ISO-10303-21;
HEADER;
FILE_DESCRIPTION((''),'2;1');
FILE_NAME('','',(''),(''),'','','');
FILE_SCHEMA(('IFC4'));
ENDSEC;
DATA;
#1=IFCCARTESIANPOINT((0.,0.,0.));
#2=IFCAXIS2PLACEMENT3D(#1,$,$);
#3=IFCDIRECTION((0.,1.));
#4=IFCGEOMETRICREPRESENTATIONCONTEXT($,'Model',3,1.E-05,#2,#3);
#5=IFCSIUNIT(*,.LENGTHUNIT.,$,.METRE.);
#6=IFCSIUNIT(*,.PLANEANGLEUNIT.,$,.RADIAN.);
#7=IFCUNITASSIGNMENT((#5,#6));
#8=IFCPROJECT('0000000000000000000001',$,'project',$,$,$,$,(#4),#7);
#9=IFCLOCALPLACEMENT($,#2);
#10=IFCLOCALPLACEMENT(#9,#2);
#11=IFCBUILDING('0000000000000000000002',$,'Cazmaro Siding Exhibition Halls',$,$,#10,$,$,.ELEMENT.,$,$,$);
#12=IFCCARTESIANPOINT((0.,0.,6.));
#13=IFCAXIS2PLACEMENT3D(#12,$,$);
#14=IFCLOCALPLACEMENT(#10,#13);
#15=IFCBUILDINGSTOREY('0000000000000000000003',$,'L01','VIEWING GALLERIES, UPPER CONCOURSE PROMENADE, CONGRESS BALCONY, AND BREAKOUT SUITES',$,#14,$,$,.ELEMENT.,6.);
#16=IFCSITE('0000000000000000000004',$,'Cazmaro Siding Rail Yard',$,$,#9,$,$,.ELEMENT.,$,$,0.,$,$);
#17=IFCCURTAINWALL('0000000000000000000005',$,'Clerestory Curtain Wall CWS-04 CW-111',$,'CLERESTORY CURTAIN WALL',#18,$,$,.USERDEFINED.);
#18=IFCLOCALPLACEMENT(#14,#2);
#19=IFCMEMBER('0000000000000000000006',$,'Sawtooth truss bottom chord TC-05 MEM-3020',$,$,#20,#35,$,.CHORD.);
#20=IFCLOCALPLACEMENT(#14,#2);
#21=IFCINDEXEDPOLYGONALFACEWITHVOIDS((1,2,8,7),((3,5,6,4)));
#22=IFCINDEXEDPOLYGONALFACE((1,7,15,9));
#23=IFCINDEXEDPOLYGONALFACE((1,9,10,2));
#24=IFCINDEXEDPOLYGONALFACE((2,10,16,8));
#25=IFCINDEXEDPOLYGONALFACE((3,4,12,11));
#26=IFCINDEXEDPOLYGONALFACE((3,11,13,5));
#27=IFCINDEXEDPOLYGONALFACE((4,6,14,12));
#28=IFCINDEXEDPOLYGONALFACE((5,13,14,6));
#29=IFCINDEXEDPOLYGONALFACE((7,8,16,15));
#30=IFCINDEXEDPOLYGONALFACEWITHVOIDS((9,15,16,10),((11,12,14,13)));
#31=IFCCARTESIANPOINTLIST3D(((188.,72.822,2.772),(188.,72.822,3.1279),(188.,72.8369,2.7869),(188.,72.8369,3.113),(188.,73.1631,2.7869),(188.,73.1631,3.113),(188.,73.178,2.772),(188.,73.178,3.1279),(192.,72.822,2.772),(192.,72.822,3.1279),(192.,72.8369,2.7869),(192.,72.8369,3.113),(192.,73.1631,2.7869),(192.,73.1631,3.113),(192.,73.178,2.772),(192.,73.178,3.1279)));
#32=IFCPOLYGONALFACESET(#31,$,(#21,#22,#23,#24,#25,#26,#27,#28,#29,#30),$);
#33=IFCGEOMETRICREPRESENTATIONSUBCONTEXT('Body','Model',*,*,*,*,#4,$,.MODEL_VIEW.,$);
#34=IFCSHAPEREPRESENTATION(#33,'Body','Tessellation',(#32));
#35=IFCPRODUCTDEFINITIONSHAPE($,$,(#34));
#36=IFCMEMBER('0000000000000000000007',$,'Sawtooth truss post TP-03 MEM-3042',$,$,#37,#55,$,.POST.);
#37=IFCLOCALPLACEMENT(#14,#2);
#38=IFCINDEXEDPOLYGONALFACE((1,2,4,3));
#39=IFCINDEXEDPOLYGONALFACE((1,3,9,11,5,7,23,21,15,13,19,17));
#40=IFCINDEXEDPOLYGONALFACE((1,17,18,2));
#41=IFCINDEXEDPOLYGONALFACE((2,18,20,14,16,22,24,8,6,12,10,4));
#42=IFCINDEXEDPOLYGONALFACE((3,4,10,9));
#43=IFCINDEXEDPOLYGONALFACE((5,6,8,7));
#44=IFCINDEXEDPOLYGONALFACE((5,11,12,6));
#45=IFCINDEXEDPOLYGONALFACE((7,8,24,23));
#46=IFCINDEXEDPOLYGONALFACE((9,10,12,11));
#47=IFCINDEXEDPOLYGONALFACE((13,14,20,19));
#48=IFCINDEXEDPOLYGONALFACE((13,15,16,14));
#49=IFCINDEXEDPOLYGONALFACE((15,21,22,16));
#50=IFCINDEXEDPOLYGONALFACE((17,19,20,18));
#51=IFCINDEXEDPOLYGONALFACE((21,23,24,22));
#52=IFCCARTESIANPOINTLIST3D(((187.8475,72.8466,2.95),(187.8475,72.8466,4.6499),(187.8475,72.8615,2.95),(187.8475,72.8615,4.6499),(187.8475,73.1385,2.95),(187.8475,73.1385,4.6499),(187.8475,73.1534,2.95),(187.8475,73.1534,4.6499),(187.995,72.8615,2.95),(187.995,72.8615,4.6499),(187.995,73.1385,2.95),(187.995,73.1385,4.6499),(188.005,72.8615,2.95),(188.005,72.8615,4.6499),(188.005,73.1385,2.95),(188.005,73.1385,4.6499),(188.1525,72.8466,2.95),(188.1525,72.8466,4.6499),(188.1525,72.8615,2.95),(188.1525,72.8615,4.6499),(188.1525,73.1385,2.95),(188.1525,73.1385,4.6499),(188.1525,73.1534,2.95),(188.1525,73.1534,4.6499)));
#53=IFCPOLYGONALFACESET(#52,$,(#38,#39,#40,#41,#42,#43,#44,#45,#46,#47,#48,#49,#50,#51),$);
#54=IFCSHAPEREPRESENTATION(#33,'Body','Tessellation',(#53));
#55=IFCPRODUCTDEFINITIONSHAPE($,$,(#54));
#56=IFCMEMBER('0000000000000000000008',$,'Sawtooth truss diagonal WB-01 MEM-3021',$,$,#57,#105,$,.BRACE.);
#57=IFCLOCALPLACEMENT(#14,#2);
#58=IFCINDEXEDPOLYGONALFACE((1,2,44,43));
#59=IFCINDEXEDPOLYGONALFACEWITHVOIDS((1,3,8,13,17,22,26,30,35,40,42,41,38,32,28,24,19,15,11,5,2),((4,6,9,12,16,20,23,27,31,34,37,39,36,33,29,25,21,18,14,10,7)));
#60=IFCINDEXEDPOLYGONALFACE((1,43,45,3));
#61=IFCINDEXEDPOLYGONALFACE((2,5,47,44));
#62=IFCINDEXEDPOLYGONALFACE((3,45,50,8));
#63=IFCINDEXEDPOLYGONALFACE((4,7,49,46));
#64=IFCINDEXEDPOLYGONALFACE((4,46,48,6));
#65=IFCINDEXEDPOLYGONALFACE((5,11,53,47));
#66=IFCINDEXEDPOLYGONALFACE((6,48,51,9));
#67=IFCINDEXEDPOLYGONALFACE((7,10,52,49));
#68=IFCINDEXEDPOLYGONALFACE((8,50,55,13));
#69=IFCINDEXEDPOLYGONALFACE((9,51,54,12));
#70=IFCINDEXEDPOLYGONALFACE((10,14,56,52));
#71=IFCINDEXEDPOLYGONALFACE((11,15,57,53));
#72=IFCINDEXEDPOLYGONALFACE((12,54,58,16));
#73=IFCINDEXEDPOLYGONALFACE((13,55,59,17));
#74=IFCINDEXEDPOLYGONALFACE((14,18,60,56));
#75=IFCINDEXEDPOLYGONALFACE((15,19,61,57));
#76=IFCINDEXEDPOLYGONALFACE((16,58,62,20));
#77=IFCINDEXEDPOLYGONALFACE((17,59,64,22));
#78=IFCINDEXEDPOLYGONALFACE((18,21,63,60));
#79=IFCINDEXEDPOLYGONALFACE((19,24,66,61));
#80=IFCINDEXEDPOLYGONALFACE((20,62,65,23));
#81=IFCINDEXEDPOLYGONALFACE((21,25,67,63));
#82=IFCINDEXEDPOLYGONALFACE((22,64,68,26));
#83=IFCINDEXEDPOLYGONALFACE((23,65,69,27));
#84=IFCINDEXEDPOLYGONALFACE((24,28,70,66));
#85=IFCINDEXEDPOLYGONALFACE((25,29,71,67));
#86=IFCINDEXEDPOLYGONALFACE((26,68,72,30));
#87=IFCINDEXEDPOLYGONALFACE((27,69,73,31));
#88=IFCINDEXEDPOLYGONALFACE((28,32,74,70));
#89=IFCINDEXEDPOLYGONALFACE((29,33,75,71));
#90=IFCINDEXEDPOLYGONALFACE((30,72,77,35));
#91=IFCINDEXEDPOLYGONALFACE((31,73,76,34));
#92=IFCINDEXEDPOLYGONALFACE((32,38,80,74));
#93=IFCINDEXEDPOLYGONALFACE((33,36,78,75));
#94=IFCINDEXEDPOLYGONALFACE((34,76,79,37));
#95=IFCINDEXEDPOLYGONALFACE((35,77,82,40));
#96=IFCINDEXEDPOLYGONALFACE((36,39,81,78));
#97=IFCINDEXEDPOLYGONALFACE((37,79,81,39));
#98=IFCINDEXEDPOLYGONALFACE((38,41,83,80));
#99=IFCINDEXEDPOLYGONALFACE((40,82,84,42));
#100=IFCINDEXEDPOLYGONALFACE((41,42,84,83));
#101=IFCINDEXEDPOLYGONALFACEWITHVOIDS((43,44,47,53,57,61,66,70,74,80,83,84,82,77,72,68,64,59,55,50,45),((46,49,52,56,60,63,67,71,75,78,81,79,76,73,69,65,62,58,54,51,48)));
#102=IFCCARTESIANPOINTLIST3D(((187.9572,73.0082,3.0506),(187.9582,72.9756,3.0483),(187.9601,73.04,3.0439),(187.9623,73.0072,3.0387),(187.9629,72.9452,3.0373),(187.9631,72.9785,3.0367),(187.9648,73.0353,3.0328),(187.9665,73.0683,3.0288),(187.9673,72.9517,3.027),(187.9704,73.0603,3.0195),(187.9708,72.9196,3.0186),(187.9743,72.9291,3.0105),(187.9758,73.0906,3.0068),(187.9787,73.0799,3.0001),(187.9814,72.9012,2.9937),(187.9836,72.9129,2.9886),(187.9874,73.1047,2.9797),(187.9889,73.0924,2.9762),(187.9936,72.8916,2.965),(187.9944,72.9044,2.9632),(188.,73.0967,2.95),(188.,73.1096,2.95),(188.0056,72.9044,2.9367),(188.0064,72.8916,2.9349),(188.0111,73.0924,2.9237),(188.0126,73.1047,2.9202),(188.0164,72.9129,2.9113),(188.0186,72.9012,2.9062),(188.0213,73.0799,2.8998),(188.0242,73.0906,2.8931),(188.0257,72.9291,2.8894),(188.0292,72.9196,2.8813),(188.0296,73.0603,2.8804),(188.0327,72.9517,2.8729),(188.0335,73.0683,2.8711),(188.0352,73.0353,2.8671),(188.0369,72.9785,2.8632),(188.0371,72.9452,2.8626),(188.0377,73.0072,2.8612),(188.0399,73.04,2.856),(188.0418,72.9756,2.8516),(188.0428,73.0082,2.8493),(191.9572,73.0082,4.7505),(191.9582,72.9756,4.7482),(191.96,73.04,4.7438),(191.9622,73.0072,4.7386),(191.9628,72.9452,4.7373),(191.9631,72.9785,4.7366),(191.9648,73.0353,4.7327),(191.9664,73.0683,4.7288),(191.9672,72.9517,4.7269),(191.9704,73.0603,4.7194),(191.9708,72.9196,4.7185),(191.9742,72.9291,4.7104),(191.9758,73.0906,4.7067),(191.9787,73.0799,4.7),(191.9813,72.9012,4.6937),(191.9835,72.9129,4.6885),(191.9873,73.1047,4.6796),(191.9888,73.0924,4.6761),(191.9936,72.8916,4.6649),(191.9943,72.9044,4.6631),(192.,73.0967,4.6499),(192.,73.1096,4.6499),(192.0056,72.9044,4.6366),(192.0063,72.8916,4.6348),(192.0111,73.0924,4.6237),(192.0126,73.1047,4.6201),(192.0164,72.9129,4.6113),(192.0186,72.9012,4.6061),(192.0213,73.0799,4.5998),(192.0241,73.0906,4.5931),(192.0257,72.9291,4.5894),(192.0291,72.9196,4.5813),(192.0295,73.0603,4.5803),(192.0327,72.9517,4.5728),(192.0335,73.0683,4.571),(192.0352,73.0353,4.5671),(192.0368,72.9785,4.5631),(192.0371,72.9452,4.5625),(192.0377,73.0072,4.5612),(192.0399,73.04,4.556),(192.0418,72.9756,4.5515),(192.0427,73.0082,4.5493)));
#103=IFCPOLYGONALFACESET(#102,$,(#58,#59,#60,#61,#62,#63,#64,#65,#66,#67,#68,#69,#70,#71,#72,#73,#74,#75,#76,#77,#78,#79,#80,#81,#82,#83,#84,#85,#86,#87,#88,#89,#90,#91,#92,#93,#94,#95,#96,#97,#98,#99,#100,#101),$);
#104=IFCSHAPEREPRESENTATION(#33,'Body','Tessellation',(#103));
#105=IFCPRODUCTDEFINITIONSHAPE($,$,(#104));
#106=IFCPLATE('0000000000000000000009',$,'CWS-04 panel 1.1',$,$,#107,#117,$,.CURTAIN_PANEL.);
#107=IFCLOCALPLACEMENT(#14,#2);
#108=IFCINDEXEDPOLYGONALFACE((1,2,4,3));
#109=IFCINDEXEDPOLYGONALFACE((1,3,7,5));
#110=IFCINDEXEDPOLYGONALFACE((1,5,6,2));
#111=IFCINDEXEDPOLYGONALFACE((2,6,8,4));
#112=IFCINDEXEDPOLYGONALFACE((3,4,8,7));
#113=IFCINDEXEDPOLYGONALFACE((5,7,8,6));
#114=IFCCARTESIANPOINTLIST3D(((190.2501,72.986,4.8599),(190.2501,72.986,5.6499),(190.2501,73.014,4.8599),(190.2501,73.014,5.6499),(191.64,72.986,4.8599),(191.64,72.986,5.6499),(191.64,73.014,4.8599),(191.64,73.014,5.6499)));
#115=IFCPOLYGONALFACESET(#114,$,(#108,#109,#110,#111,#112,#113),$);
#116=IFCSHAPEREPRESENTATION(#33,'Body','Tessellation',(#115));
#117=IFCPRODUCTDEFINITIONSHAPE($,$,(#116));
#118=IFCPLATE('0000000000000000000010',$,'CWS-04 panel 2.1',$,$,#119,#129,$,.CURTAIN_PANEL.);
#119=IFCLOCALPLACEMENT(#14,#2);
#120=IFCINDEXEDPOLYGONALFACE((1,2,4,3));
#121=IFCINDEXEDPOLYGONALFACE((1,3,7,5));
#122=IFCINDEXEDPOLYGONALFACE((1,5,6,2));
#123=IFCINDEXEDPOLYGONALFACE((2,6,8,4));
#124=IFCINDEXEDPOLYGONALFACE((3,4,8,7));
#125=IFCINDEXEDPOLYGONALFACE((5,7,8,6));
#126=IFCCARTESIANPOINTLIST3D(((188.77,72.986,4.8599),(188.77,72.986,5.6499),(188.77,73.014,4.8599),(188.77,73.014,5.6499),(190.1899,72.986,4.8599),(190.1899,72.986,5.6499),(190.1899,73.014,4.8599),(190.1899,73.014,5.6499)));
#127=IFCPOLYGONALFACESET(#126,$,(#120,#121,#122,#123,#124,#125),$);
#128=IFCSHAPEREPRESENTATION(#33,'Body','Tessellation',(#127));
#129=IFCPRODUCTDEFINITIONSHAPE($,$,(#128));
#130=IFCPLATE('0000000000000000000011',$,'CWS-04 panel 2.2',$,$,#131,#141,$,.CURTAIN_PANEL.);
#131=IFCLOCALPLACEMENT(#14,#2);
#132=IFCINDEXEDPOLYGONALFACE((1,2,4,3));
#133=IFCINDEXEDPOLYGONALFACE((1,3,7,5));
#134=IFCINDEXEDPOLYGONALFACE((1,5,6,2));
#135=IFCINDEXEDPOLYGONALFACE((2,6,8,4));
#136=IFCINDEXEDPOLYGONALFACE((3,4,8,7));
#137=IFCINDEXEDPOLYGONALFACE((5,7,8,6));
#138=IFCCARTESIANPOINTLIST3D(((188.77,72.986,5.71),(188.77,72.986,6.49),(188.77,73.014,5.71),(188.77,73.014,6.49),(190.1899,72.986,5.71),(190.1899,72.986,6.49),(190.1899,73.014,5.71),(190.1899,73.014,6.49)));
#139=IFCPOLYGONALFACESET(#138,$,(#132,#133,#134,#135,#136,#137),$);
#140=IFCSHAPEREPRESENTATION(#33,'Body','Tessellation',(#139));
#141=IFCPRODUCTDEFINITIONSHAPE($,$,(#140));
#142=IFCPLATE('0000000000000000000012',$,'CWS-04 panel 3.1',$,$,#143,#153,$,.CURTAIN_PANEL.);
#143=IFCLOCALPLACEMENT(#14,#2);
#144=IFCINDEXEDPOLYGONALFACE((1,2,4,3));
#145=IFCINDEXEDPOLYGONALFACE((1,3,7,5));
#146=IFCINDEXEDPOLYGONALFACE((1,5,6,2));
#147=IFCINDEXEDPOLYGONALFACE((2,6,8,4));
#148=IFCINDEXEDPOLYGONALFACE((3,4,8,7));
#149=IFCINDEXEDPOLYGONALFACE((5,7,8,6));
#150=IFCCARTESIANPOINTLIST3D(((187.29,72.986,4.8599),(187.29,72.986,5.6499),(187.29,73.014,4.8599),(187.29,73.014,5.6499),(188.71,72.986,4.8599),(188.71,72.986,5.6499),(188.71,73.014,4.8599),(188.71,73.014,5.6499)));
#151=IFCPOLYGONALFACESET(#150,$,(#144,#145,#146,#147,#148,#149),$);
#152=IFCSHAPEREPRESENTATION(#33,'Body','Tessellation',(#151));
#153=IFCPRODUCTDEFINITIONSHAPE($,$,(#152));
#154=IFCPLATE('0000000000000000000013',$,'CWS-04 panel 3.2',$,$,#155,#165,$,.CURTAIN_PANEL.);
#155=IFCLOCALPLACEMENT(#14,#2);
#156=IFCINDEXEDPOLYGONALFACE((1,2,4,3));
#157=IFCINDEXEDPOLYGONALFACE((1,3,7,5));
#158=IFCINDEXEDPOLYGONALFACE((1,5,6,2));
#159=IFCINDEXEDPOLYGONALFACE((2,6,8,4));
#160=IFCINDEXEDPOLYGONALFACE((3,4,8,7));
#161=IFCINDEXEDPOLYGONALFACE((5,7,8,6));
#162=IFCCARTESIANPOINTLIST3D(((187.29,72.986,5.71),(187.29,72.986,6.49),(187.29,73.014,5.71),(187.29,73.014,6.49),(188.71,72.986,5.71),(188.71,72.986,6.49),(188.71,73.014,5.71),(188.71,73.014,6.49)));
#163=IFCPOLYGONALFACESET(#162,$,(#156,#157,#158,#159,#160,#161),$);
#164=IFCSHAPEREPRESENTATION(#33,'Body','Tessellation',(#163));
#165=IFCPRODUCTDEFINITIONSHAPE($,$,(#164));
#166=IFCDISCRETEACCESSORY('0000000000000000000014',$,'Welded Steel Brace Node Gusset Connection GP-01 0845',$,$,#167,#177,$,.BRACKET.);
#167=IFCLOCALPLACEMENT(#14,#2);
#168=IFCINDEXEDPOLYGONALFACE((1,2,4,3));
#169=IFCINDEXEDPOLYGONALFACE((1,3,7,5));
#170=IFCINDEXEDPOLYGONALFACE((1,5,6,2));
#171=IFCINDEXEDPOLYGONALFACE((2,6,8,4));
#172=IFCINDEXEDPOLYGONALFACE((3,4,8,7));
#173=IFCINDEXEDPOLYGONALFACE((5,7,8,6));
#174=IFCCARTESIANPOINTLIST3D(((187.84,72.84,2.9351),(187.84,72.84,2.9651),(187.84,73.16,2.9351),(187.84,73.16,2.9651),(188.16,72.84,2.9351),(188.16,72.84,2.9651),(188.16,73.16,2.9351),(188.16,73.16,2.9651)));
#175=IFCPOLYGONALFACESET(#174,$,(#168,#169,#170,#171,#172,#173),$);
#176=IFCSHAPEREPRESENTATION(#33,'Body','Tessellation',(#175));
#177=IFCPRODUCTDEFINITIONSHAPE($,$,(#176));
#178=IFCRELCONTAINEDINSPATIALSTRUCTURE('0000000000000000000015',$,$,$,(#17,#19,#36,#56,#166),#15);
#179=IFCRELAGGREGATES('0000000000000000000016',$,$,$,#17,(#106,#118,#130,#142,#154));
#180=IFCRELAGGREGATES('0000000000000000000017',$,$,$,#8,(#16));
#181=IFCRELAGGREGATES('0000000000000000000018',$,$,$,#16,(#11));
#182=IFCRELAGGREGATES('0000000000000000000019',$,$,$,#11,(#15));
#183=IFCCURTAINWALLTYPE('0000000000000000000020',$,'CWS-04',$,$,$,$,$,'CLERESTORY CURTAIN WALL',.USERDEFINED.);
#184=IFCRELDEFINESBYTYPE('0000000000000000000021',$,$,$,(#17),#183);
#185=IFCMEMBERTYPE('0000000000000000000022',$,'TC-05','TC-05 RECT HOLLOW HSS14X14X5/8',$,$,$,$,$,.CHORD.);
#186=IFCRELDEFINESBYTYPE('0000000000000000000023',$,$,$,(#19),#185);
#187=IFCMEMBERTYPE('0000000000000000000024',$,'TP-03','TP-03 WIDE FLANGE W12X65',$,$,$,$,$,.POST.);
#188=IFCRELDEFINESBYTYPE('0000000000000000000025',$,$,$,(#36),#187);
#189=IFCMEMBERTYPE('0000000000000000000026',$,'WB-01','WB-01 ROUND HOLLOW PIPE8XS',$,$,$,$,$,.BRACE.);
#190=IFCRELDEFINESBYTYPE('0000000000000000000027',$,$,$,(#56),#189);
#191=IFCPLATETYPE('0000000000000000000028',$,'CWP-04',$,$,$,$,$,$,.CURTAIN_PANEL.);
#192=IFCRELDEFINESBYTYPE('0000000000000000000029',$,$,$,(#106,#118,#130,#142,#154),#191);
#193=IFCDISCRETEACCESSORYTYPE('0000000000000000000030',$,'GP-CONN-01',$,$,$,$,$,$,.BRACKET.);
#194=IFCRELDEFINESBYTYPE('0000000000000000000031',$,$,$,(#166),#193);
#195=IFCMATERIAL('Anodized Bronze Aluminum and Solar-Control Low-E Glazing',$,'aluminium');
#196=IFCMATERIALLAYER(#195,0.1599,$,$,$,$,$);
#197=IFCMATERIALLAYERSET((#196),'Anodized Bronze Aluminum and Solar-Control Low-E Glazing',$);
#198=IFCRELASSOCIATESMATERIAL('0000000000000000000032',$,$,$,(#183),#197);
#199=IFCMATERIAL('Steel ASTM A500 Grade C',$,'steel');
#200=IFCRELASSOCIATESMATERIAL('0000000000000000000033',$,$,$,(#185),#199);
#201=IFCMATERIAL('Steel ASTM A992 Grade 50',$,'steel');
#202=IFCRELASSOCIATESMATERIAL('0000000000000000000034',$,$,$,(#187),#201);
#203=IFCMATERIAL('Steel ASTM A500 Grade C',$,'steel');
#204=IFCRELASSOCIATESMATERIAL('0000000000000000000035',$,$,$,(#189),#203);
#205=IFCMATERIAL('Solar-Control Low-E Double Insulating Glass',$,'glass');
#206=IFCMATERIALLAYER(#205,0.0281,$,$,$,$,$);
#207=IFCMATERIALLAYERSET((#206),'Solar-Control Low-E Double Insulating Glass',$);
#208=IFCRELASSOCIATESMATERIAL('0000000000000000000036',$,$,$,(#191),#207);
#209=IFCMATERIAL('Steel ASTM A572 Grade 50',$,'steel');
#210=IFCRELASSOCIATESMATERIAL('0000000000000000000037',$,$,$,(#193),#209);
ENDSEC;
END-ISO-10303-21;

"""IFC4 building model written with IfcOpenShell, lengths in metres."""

from ifc_helpers import new_model, si_unit, direction, frame, origin, origin_2d, place, context, subcontext, project, spatial, rectangle, hollow_rectangle, hollow_circle, i_section, extrude, material, layer, layer_set, material_profile, profile_set, type_object, element, aggregate, save


model = new_model("IFC4")

# Units and contexts
model_context = context("Model", 3, precision=1e-05, world=origin(), true_north=direction((0.0, 1.0)))
body_context = subcontext(model_context, "Body", "Model", "MODEL_VIEW")
ifc_project = project(units=[si_unit("LENGTHUNIT", "METRE"), si_unit("PLANEANGLEUNIT", "RADIAN")], contexts=[model_context])

# Site, building, storey
site_placement = place(None, origin())
site = spatial("IfcSite", under=ifc_project, at=site_placement, Name="Cazmaro Siding Rail Yard", CompositionType="ELEMENT", RefElevation=0.0)
building_placement = place(site_placement, origin())
building = spatial("IfcBuilding", under=site, at=building_placement, Name="Cazmaro Siding Exhibition Halls", CompositionType="ELEMENT")
storey_placement = place(building_placement, frame((0.0, 0.0, 6.0)))
storey = spatial("IfcBuildingStorey", under=building, at=storey_placement, Name="L01", Description="VIEWING GALLERIES, UPPER CONCOURSE PROMENADE, CONGRESS BALCONY, AND BREAKOUT SUITES", CompositionType="ELEMENT", Elevation=6.0)

# Curtain wall
ifc_material_1 = material(Name="Anodized Bronze Aluminum and Solar-Control Low-E Glazing", Category="aluminium")
ifc_layer_1 = layer(ifc_material_1, 0.1599)
ifc_layer_set_1 = layer_set([ifc_layer_1], Name="Anodized Bronze Aluminum and Solar-Control Low-E Glazing")
curtain_wall_type = type_object("IfcCurtainWallType", Name="CWS-04", ElementType="CLERESTORY CURTAIN WALL", PredefinedType="USERDEFINED", material=ifc_layer_set_1)
curtain_wall_placement = place(storey_placement, origin())
curtain_wall = element("IfcCurtainWall", 1, at=curtain_wall_placement, inside=storey, type_object=curtain_wall_type, Name="Clerestory Curtain Wall CWS-04 CW-111", ObjectType="CLERESTORY CURTAIN WALL", PredefinedType="USERDEFINED")

# Members
ifc_material_2 = material(Name="Steel ASTM A500 Grade C", Category="steel")
ifc_material_profile_1 = material_profile(ifc_material_2, hollow_rectangle(XDim=0.356, YDim=0.356, WallThickness=0.0149, at=origin_2d()), Name="HSS14X14X5/8")
ifc_profile_set_1 = profile_set([ifc_material_profile_1], Name="Steel ASTM A500 Grade C")
member_type_1 = type_object("IfcMemberType", Name="TC-05", Description="TC-05 RECT HOLLOW HSS14X14X5/8", PredefinedType="CHORD", material=ifc_profile_set_1)
member_1_placement = place(storey_placement, frame((188.0, 73.0, 2.95), z_axis=(1.0, 0.0, 0.0), x_axis=(0.0, 1.0, 0.0)))
element("IfcMember", 2, at=member_1_placement, inside=storey, type_object=member_type_1, Name="Sawtooth truss bottom chord TC-05 MEM-3020", PredefinedType="CHORD", context=body_context, shape_type="SweptSolid", body=[
    extrude(hollow_rectangle(XDim=0.356, YDim=0.356, WallThickness=0.0149, at=origin_2d()), origin(), (0.0, 0.0, 1.0), 4.0),
])
ifc_material_3 = material(Name="Steel ASTM A992 Grade 50", Category="steel")
ifc_material_profile_2 = material_profile(ifc_material_3, i_section(OverallWidth=0.3049, OverallDepth=0.3069, WebThickness=0.01, FlangeThickness=0.0149, at=origin_2d()), Name="W12X65")
ifc_profile_set_2 = profile_set([ifc_material_profile_2], Name="Steel ASTM A992 Grade 50")
member_type_2 = type_object("IfcMemberType", Name="TP-03", Description="TP-03 WIDE FLANGE W12X65", PredefinedType="POST", material=ifc_profile_set_2)
member_2_placement = place(storey_placement, frame((188.0, 73.0, 2.95), z_axis=(0.0, 0.0, 1.0), x_axis=(1.0, 0.0, 0.0)))
element("IfcMember", 3, at=member_2_placement, inside=storey, type_object=member_type_2, Name="Sawtooth truss post TP-03 MEM-3042", PredefinedType="POST", context=body_context, shape_type="SweptSolid", body=[
    extrude(i_section(OverallWidth=0.3049, OverallDepth=0.3069, WebThickness=0.01, FlangeThickness=0.0149, at=origin_2d()), origin(), (0.0, 0.0, 1.0), 1.7),
])
ifc_material_4 = material(Name="Steel ASTM A500 Grade C", Category="steel")
ifc_material_profile_3 = material_profile(ifc_material_4, hollow_circle(Radius=0.1096, WallThickness=0.0129, at=origin_2d()), Name="PIPE8XS")
ifc_profile_set_3 = profile_set([ifc_material_profile_3], Name="Steel ASTM A500 Grade C")
member_type_3 = type_object("IfcMemberType", Name="WB-01", Description="WB-01 ROUND HOLLOW PIPE8XS", PredefinedType="BRACE", material=ifc_profile_set_3)
member_3_placement = place(storey_placement, frame((188.0, 73.0, 2.95), z_axis=(0.920335, 0.0, 0.391131), x_axis=(0.0, 1.0, 0.0)))
element("IfcMember", 4, at=member_3_placement, inside=storey, type_object=member_type_3, Name="Sawtooth truss diagonal WB-01 MEM-3021", PredefinedType="BRACE", context=body_context, shape_type="SweptSolid", body=[
    extrude(hollow_circle(Radius=0.1096, WallThickness=0.0129, at=origin_2d()), origin(), (0.0, 0.0, 1.0), 4.3462),
])

# Plates
ifc_material_5 = material(Name="Solar-Control Low-E Double Insulating Glass", Category="glass")
ifc_layer_2 = layer(ifc_material_5, 0.0281)
ifc_layer_set_2 = layer_set([ifc_layer_2], Name="Solar-Control Low-E Double Insulating Glass")
plate_type = type_object("IfcPlateType", Name="CWP-04", PredefinedType="CURTAIN_PANEL", material=ifc_layer_set_2)
plate_1_placement = place(storey_placement, frame((190.9451, 73.0, 4.8599), z_axis=(0.0, 0.0, 1.0), x_axis=(-1.0, 0.0, 0.0)))
plate_1 = element("IfcPlate", 5, at=plate_1_placement, type_object=plate_type, Name="CWS-04 panel 1.1", PredefinedType="CURTAIN_PANEL", context=body_context, shape_type="SweptSolid", body=[
    extrude(rectangle(XDim=1.3899, YDim=0.0281, at=origin_2d()), origin(), (0.0, 0.0, 1.0), 0.79),
])
plate_2_placement = place(storey_placement, frame((189.48, 73.0, 4.8599), z_axis=(0.0, 0.0, 1.0), x_axis=(-1.0, 0.0, 0.0)))
plate_2 = element("IfcPlate", 6, at=plate_2_placement, type_object=plate_type, Name="CWS-04 panel 2.1", PredefinedType="CURTAIN_PANEL", context=body_context, shape_type="SweptSolid", body=[
    extrude(rectangle(XDim=1.4199, YDim=0.0281, at=origin_2d()), origin(), (0.0, 0.0, 1.0), 0.79),
])
plate_3_placement = place(storey_placement, frame((189.48, 73.0, 5.71), z_axis=(0.0, 0.0, 1.0), x_axis=(-1.0, 0.0, 0.0)))
plate_3 = element("IfcPlate", 7, at=plate_3_placement, type_object=plate_type, Name="CWS-04 panel 2.2", PredefinedType="CURTAIN_PANEL", context=body_context, shape_type="SweptSolid", body=[
    extrude(rectangle(XDim=1.4199, YDim=0.0281, at=origin_2d()), origin(), (0.0, 0.0, 1.0), 0.78),
])
plate_4_placement = place(storey_placement, frame((188.0, 73.0, 4.8599), z_axis=(0.0, 0.0, 1.0), x_axis=(-1.0, 0.0, 0.0)))
plate_4 = element("IfcPlate", 8, at=plate_4_placement, type_object=plate_type, Name="CWS-04 panel 3.1", PredefinedType="CURTAIN_PANEL", context=body_context, shape_type="SweptSolid", body=[
    extrude(rectangle(XDim=1.4199, YDim=0.0281, at=origin_2d()), origin(), (0.0, 0.0, 1.0), 0.79),
])
plate_5_placement = place(storey_placement, frame((188.0, 73.0, 5.71), z_axis=(0.0, 0.0, 1.0), x_axis=(-1.0, 0.0, 0.0)))
plate_5 = element("IfcPlate", 9, at=plate_5_placement, type_object=plate_type, Name="CWS-04 panel 3.2", PredefinedType="CURTAIN_PANEL", context=body_context, shape_type="SweptSolid", body=[
    extrude(rectangle(XDim=1.4199, YDim=0.0281, at=origin_2d()), origin(), (0.0, 0.0, 1.0), 0.78),
])
aggregate(curtain_wall, [plate_1, plate_2, plate_3, plate_4, plate_5])

# Discrete accessory
ifc_material_6 = material(Name="Steel ASTM A572 Grade 50", Category="steel")
discrete_accessory_type = type_object("IfcDiscreteAccessoryType", Name="GP-CONN-01", PredefinedType="BRACKET", material=ifc_material_6)
discrete_accessory_placement = place(storey_placement, frame((188.0, 73.0, 2.9351), z_axis=(0.0, 0.0, 1.0), x_axis=(1.0, 0.0, 0.0)))
element("IfcDiscreteAccessory", 10, at=discrete_accessory_placement, inside=storey, type_object=discrete_accessory_type, Name="Welded Steel Brace Node Gusset Connection GP-01 0845", PredefinedType="BRACKET", context=body_context, shape_type="SweptSolid", body=[
    extrude(rectangle(XDim=0.3201, YDim=0.3201, at=origin_2d()), origin(), (0.0, 0.0, 1.0), 0.03),
])

save(model, "model.ifc")
